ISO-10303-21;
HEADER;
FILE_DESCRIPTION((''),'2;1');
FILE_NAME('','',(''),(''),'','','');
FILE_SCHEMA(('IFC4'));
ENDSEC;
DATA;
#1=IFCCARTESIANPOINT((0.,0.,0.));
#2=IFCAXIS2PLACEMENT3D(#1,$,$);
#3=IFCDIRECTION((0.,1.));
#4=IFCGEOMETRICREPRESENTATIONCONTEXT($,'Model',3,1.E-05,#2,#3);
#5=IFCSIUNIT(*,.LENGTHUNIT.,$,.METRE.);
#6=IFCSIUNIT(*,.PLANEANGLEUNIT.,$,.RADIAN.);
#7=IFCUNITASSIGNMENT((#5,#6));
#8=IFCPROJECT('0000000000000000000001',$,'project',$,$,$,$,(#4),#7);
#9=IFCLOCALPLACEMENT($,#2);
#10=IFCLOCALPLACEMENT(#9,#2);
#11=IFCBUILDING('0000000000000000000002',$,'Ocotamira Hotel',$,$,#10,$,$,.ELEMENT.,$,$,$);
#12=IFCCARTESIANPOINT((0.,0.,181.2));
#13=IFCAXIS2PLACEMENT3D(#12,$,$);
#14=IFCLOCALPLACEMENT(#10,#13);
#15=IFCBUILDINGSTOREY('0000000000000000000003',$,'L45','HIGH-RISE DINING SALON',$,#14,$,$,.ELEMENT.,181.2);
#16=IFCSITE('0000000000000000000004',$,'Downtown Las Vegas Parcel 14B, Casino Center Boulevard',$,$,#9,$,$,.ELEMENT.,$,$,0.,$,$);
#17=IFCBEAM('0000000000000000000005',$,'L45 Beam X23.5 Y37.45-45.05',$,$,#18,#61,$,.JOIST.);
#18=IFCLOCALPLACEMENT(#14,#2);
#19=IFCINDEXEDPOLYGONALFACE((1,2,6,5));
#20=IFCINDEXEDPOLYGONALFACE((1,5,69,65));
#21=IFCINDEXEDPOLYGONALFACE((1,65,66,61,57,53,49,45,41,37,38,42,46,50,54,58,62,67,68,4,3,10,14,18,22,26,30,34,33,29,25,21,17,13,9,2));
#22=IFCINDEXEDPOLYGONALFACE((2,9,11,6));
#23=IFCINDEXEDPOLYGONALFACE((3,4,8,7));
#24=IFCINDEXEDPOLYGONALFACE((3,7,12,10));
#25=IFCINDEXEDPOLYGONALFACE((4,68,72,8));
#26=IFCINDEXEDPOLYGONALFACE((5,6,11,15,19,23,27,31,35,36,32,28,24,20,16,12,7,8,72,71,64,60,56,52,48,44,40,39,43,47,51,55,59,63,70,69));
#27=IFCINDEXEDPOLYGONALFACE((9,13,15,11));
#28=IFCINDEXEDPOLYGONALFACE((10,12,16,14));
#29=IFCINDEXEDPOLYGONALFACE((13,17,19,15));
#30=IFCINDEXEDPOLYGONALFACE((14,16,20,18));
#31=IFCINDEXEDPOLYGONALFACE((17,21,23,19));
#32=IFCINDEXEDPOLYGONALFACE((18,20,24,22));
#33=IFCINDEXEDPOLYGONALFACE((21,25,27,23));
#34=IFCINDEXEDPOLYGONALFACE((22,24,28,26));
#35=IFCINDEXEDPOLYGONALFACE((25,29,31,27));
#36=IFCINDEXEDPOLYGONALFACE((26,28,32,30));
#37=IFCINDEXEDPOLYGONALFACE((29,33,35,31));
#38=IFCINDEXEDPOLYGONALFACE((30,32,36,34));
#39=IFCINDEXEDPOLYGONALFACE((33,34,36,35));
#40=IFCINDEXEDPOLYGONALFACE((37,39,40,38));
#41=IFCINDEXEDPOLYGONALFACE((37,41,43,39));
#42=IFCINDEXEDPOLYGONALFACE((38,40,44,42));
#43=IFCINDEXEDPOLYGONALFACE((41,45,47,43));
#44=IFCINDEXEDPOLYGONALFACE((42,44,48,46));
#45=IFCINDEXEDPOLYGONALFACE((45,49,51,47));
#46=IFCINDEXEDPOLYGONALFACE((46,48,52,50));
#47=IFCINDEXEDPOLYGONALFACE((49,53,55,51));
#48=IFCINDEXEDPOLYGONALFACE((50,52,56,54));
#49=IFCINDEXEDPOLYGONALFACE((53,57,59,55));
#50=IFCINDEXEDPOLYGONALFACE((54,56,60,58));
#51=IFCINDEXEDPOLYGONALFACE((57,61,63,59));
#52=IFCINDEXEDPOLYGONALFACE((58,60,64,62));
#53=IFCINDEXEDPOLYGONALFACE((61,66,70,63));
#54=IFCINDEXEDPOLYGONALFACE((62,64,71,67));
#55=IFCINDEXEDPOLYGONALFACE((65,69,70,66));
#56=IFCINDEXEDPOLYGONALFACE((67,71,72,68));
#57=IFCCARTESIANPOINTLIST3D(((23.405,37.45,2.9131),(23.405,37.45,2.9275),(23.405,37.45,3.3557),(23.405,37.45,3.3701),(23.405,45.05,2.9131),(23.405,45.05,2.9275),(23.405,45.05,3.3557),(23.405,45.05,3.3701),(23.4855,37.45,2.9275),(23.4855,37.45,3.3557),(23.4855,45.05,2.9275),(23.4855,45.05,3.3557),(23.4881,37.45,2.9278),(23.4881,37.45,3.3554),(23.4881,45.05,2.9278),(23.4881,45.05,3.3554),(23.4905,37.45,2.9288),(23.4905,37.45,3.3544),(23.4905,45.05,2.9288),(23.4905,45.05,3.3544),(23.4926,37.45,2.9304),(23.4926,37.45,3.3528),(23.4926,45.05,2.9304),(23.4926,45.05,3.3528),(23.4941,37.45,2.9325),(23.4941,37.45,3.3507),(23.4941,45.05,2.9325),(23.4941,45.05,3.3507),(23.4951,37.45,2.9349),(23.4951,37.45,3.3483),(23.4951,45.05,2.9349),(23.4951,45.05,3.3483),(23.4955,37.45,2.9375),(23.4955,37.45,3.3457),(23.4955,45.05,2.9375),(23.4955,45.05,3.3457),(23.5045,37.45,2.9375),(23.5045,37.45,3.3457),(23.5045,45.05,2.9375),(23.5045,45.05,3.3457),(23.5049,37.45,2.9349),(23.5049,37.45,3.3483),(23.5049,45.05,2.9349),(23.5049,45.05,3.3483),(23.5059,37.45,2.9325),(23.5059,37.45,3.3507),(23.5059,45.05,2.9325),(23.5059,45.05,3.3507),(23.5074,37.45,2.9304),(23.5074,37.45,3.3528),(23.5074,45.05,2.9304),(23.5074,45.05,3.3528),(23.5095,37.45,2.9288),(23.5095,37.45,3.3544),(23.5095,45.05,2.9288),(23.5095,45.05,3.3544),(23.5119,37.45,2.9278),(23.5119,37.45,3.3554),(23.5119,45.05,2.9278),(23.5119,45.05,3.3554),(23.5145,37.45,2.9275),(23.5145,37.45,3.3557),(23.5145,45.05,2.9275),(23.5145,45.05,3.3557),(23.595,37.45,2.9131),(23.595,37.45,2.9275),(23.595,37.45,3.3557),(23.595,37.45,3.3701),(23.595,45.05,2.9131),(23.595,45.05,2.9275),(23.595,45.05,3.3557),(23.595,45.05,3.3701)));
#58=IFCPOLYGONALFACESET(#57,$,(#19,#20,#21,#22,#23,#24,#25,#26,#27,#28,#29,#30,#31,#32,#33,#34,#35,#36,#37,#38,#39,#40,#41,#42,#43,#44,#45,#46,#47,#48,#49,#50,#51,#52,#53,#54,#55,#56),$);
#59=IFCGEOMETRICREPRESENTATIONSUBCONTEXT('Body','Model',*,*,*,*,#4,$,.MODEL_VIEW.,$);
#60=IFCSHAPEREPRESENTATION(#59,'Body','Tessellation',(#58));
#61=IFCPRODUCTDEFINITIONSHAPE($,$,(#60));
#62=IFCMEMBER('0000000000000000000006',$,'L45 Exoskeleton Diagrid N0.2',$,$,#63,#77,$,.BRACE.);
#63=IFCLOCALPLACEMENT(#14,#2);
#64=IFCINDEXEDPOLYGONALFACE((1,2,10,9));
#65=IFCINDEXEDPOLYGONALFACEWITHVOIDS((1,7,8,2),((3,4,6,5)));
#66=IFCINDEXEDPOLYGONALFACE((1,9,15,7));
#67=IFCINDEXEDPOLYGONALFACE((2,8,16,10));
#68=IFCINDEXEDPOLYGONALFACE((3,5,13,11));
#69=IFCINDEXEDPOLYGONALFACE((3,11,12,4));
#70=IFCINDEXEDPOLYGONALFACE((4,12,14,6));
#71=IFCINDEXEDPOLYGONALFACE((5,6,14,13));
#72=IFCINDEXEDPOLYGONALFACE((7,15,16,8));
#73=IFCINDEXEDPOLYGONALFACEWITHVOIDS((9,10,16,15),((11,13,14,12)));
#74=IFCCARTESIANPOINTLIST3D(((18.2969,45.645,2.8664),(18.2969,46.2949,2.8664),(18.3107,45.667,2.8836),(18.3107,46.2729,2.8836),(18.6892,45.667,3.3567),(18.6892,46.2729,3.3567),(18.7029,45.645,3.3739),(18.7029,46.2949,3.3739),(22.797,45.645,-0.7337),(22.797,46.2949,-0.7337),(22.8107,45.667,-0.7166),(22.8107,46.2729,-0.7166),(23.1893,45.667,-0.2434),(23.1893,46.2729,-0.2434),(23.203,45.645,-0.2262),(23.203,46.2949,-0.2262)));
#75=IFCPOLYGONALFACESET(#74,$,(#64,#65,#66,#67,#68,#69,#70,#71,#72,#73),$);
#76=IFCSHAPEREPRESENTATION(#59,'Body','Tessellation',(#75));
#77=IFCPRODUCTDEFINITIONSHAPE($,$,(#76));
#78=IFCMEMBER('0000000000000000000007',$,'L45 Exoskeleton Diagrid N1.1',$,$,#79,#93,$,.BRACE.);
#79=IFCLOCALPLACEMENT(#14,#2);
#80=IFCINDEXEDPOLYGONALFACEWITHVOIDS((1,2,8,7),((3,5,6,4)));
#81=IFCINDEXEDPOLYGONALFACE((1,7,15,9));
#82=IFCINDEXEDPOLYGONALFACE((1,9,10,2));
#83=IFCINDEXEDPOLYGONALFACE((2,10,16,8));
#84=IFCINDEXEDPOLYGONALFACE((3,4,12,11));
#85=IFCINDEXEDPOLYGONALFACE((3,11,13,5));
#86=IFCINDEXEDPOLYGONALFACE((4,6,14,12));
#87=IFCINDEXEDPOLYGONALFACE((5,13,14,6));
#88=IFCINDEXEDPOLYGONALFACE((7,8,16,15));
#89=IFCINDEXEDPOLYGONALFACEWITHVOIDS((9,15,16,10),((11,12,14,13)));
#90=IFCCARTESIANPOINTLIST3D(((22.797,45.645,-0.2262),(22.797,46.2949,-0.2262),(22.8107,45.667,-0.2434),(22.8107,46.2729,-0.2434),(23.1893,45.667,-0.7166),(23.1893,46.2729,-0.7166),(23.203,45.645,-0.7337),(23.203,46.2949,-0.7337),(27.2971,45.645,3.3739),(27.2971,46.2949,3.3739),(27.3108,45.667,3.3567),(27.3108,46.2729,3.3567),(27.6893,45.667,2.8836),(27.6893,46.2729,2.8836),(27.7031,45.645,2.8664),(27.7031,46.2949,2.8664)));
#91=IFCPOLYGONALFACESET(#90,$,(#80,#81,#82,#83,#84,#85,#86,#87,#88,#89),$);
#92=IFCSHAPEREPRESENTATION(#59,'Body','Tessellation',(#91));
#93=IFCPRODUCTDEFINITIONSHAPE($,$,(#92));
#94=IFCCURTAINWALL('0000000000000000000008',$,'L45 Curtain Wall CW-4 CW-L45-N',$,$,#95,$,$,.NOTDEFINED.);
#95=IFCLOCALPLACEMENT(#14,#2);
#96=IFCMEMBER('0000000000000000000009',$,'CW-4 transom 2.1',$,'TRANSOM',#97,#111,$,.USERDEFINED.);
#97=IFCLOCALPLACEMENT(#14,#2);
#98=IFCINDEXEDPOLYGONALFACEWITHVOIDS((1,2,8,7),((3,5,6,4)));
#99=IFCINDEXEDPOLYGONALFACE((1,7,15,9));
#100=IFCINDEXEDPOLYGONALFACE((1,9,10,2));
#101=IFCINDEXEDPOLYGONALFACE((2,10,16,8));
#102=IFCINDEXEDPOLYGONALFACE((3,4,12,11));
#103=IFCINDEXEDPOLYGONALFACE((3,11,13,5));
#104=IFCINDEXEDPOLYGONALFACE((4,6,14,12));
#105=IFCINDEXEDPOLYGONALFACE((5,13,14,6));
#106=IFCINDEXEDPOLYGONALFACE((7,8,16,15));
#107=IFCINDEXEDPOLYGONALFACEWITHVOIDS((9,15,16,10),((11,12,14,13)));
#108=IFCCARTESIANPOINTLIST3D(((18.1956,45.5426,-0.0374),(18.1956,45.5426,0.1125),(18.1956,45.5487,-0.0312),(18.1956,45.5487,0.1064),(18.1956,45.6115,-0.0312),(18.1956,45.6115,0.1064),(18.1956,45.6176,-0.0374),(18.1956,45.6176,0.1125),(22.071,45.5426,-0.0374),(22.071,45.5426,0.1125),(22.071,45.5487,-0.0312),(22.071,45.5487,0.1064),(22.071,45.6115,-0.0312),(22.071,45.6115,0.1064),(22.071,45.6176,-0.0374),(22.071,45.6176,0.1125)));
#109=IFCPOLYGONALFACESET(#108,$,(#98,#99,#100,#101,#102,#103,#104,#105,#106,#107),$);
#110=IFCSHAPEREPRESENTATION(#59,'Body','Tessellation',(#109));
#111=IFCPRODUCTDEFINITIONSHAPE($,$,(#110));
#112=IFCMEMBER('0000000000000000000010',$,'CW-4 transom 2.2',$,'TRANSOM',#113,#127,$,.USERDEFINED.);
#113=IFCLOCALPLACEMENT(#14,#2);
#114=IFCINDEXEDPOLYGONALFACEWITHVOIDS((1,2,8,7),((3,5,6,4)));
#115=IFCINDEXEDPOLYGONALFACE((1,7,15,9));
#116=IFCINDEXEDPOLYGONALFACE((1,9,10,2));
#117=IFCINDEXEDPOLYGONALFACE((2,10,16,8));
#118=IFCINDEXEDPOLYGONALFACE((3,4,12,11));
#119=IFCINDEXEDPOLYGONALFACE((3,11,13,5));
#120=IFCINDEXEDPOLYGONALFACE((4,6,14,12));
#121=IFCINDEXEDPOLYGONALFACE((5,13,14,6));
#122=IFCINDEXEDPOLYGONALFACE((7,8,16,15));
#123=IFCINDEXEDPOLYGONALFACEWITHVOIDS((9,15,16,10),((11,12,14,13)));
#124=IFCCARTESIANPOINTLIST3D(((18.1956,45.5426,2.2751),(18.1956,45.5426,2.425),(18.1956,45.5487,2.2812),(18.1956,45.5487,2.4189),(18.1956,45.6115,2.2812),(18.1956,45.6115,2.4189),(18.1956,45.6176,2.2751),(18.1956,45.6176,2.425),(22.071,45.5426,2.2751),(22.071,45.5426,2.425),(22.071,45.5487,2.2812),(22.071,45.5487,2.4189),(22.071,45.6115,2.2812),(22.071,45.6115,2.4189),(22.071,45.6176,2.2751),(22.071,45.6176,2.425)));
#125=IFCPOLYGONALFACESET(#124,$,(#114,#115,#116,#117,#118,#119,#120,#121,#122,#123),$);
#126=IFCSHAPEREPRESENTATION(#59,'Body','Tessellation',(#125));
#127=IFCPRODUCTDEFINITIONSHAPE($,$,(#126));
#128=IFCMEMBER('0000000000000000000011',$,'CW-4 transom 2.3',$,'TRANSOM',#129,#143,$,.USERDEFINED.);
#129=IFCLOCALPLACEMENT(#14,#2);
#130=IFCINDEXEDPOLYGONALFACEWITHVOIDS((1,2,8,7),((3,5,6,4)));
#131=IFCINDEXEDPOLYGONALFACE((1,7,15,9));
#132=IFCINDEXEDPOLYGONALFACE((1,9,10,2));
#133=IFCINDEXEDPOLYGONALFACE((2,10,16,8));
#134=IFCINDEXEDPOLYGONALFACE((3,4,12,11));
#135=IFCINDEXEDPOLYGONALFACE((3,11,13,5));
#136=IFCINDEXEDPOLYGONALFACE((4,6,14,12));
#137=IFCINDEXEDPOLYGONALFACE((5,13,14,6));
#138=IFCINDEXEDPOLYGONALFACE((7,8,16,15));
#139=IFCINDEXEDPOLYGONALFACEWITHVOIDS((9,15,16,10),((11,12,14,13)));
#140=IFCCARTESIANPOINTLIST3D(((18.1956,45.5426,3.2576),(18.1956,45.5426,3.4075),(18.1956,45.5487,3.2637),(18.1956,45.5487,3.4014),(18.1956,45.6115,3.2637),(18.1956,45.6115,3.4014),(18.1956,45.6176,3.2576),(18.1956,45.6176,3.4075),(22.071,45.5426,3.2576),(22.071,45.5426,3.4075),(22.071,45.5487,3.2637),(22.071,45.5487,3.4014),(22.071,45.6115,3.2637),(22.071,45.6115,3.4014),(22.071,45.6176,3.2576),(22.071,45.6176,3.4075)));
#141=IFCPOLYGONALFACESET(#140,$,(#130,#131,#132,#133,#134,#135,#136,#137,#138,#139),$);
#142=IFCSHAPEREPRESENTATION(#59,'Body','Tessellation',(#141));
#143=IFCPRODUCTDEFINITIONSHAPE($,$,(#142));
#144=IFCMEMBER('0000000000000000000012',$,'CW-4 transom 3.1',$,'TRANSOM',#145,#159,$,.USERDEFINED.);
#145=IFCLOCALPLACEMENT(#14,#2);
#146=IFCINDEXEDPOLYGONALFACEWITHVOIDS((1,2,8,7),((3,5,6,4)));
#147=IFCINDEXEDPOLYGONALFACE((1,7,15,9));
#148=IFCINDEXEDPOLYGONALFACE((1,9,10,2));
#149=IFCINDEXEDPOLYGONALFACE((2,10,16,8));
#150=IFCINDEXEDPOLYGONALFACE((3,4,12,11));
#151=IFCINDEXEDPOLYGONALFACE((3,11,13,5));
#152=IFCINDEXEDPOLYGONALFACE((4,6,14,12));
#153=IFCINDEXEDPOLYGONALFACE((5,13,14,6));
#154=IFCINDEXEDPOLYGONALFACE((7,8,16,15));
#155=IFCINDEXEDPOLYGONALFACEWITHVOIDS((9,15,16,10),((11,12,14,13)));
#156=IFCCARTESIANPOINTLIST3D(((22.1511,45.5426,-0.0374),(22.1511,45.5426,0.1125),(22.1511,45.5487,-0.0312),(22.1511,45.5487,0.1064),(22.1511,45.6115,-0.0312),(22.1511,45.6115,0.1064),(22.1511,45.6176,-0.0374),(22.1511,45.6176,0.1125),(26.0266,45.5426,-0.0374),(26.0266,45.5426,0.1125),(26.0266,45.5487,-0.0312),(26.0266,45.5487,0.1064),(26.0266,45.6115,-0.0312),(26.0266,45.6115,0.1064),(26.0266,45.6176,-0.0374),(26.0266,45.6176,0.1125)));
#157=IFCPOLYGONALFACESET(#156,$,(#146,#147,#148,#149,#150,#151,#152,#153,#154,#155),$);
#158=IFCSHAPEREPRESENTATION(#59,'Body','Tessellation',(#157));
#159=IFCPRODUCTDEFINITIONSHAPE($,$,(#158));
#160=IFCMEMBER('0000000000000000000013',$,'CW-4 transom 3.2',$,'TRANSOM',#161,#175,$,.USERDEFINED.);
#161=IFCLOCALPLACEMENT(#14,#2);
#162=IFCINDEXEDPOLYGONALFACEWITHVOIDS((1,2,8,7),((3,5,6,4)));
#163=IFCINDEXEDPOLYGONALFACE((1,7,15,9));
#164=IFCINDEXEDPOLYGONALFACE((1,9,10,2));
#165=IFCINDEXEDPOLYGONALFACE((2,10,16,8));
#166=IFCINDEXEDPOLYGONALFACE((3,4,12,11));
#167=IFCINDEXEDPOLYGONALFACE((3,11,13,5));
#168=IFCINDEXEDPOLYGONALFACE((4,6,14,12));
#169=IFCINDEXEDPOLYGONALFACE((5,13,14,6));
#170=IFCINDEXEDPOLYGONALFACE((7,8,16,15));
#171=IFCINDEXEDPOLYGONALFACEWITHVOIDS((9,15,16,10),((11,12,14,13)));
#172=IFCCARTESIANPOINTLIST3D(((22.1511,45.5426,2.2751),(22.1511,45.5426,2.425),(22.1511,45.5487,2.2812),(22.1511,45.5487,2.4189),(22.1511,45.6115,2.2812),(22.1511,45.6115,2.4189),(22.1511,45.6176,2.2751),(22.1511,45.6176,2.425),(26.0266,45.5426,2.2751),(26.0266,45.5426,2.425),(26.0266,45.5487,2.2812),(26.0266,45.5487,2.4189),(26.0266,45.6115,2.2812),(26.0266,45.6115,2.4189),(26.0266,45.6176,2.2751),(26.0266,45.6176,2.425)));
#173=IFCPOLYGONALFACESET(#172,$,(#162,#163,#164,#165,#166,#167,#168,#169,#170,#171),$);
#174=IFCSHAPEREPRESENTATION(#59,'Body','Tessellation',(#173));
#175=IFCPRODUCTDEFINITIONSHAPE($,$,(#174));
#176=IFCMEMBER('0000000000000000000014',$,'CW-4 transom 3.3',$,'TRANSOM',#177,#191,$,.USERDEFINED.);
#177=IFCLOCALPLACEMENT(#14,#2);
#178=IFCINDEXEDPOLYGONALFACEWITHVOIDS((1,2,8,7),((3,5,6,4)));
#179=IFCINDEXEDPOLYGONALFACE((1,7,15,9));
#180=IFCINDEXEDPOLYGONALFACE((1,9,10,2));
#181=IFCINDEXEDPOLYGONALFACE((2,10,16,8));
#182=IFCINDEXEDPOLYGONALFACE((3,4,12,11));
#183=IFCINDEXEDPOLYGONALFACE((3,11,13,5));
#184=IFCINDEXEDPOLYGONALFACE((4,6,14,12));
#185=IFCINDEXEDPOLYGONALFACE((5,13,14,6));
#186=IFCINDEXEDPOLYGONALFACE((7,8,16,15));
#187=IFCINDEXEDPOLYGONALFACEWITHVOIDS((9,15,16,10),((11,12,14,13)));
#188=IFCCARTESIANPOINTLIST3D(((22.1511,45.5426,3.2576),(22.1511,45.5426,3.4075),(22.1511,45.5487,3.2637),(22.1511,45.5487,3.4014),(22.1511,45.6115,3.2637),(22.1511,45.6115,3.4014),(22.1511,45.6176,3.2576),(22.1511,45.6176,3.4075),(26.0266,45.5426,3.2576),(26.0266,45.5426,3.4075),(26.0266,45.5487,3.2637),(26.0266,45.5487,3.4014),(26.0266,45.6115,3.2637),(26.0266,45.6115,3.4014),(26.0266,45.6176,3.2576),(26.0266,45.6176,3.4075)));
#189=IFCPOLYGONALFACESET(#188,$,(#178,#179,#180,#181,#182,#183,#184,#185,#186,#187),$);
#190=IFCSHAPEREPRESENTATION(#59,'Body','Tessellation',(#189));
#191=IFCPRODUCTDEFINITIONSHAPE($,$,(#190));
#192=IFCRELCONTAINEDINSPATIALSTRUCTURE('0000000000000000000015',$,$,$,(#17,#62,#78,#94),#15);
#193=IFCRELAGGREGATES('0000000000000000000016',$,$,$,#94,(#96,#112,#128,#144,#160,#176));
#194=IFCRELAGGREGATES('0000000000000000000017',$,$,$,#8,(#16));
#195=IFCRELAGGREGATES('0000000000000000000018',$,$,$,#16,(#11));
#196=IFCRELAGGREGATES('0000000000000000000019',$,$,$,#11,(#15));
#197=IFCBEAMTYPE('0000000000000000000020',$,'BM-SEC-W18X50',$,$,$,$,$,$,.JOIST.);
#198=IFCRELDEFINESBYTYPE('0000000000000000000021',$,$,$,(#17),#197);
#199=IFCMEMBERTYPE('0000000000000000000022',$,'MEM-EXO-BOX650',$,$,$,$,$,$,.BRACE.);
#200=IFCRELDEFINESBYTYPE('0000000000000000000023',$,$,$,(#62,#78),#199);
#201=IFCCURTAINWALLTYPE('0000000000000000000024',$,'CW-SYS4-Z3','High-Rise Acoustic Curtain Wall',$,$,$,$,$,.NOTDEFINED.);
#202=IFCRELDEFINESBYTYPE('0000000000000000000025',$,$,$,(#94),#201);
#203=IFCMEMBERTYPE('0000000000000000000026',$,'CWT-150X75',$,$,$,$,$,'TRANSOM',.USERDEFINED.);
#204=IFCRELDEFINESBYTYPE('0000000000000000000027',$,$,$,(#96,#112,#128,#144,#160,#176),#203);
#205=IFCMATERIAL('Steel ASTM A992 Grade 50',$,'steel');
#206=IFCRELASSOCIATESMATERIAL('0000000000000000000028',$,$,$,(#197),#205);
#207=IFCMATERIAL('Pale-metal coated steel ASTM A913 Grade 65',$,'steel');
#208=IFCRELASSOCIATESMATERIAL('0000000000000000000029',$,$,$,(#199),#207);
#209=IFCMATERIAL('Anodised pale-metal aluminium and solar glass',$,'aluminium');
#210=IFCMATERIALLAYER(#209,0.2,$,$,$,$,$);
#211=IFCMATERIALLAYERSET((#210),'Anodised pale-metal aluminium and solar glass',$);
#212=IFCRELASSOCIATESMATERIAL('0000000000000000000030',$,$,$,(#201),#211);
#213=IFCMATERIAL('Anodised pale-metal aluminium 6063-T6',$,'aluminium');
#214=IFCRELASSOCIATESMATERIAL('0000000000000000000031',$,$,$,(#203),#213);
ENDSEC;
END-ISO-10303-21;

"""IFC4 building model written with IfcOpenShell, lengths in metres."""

from ifc_helpers import new_model, si_unit, direction, frame, origin, origin_2d, place, context, subcontext, project, spatial, hollow_rectangle, i_section, extrude, source, transform, mapped, material, layer, layer_set, material_profile, profile_set, type_object, element, aggregate, save


model = new_model("IFC4")

# Units and contexts
model_context = context("Model", 3, precision=1e-05, world=origin(), true_north=direction((0.0, 1.0)))
body_context = subcontext(model_context, "Body", "Model", "MODEL_VIEW")
ifc_project = project(units=[si_unit("LENGTHUNIT", "METRE"), si_unit("PLANEANGLEUNIT", "RADIAN")], contexts=[model_context])

# Site, building, storey
site_placement = place(None, origin())
site = spatial("IfcSite", under=ifc_project, at=site_placement, Name="Downtown Las Vegas Parcel 14B, Casino Center Boulevard", CompositionType="ELEMENT", RefElevation=0.0)
building_placement = place(site_placement, origin())
building = spatial("IfcBuilding", under=site, at=building_placement, Name="Ocotamira Hotel", CompositionType="ELEMENT")
storey_placement = place(building_placement, frame((0.0, 0.0, 181.2)))
storey = spatial("IfcBuildingStorey", under=building, at=storey_placement, Name="L45", Description="HIGH-RISE DINING SALON", CompositionType="ELEMENT", Elevation=181.2)

# Beam
ifc_material_1 = material(Name="Steel ASTM A992 Grade 50", Category="steel")
ifc_material_profile_1 = material_profile(ifc_material_1, i_section(OverallWidth=0.1899, OverallDepth=0.457, WebThickness=0.009, FlangeThickness=0.0144, FilletRadius=0.01, at=origin_2d()), Name="W18X50")
ifc_profile_set_1 = profile_set([ifc_material_profile_1], Name="Steel ASTM A992 Grade 50")
beam_type_1 = type_object("IfcBeamType", Name="BM-SEC-W18X50", PredefinedType="JOIST", material=ifc_profile_set_1)
shared_shape_1 = source(origin(), body_context, "Body", "SweptSolid", [
    extrude(i_section(OverallWidth=0.1899, OverallDepth=0.457, WebThickness=0.009, FlangeThickness=0.0144, FilletRadius=0.01, at=origin_2d()), origin(), (0.0, 0.0, 1.0), 7.6001),
])
beam_1_placement = place(storey_placement, frame((23.5, 37.45, 3.1416), z_axis=(0.0, 1.0, 0.0), x_axis=(-1.0, 0.0, 0.0)))
element("IfcBeam", 1, at=beam_1_placement, inside=storey, type_object=beam_type_1, Name="L45 Beam X23.5 Y37.45-45.05", PredefinedType="JOIST", context=body_context, shape_type="MappedRepresentation", body=[
    mapped(shared_shape_1, transform((0.0, 0.0, 0.0), scale=1.0)),
])

# Members
ifc_material_2 = material(Name="Pale-metal coated steel ASTM A913 Grade 65", Category="steel")
ifc_material_profile_2 = material_profile(ifc_material_2, hollow_rectangle(XDim=0.6499, YDim=0.6499, WallThickness=0.022, at=origin_2d()), Name="BOX650X650X22")
ifc_profile_set_2 = profile_set([ifc_material_profile_2], Name="Pale-metal coated steel ASTM A913 Grade 65")
member_type_1 = type_object("IfcMemberType", Name="MEM-EXO-BOX650", PredefinedType="BRACE", material=ifc_profile_set_2)
shared_shape_2 = source(origin(), body_context, "Body", "SweptSolid", [
    extrude(hollow_rectangle(XDim=0.6499, YDim=0.6499, WallThickness=0.022, at=origin_2d()), origin(), (0.0, 0.0, 1.0), 5.7629),
])
for number, where, z_axis, x_axis, name in (
    (2, (23.0, 45.97, -0.48), (-0.780861, 0.0, 0.624705), (0.0, -1.0, 0.0), "L45 Exoskeleton Diagrid N0.2"),
    (3, (23.0, 45.97, -0.48), (0.780861, 0.0, 0.624705), (0.0, 1.0, 0.0), "L45 Exoskeleton Diagrid N1.1"),
):
    element("IfcMember", number, at=place(storey_placement, frame(where, z_axis=z_axis, x_axis=x_axis)), inside=storey, type_object=member_type_1, Name=name, PredefinedType="BRACE", context=body_context, shape_type="MappedRepresentation", body=[
        mapped(shared_shape_2, transform((0.0, 0.0, 0.0), scale=1.0)),
    ])

# Curtain wall, members
ifc_material_3 = material(Name="Anodised pale-metal aluminium and solar glass", Category="aluminium")
ifc_layer_1 = layer(ifc_material_3, 0.2)
ifc_layer_set_1 = layer_set([ifc_layer_1], Name="Anodised pale-metal aluminium and solar glass")
curtain_wall_type = type_object("IfcCurtainWallType", Name="CW-SYS4-Z3", Description="High-Rise Acoustic Curtain Wall", PredefinedType="NOTDEFINED", material=ifc_layer_set_1)
curtain_wall_placement = place(storey_placement, origin())
curtain_wall = element("IfcCurtainWall", 4, at=curtain_wall_placement, inside=storey, type_object=curtain_wall_type, Name="L45 Curtain Wall CW-4 CW-L45-N", PredefinedType="NOTDEFINED")
ifc_material_4 = material(Name="Anodised pale-metal aluminium 6063-T6", Category="aluminium")
ifc_material_profile_3 = material_profile(ifc_material_4, hollow_rectangle(XDim=0.075, YDim=0.1499, WallThickness=0.0061, at=origin_2d()), Name="HSS150X75X6")
ifc_profile_set_3 = profile_set([ifc_material_profile_3], Name="Anodised pale-metal aluminium 6063-T6")
member_type_2 = type_object("IfcMemberType", Name="CWT-150X75", ElementType="TRANSOM", PredefinedType="USERDEFINED", material=ifc_profile_set_3)
shared_shape_3 = source(origin(), body_context, "Body", "SweptSolid", [
    extrude(hollow_rectangle(XDim=0.075, YDim=0.1499, WallThickness=0.0061, at=origin_2d()), origin(), (0.0, 0.0, 1.0), 3.8755),
])
member_1_placement = place(storey_placement, frame((18.1956, 45.5801, 0.0376), z_axis=(1.0, 0.0, 0.0), x_axis=(0.0, 1.0, 0.0)))
member_1 = element("IfcMember", 5, at=member_1_placement, type_object=member_type_2, Name="CW-4 transom 2.1", ObjectType="TRANSOM", PredefinedType="USERDEFINED", context=body_context, shape_type="MappedRepresentation", body=[
    mapped(shared_shape_3, transform((0.0, 0.0, 0.0), scale=1.0)),
])
member_2_placement = place(storey_placement, frame((18.1956, 45.5801, 2.3501), z_axis=(1.0, 0.0, 0.0), x_axis=(0.0, 1.0, 0.0)))
member_2 = element("IfcMember", 6, at=member_2_placement, type_object=member_type_2, Name="CW-4 transom 2.2", ObjectType="TRANSOM", PredefinedType="USERDEFINED", context=body_context, shape_type="MappedRepresentation", body=[
    mapped(shared_shape_3, transform((0.0, 0.0, 0.0), scale=1.0)),
])
member_3_placement = place(storey_placement, frame((18.1956, 45.5801, 3.3325), z_axis=(1.0, 0.0, 0.0), x_axis=(0.0, 1.0, 0.0)))
member_3 = element("IfcMember", 7, at=member_3_placement, type_object=member_type_2, Name="CW-4 transom 2.3", ObjectType="TRANSOM", PredefinedType="USERDEFINED", context=body_context, shape_type="MappedRepresentation", body=[
    mapped(shared_shape_3, transform((0.0, 0.0, 0.0), scale=1.0)),
])
member_4_placement = place(storey_placement, frame((22.1511, 45.5801, 0.0376), z_axis=(1.0, 0.0, 0.0), x_axis=(0.0, 1.0, 0.0)))
member_4 = element("IfcMember", 8, at=member_4_placement, type_object=member_type_2, Name="CW-4 transom 3.1", ObjectType="TRANSOM", PredefinedType="USERDEFINED", context=body_context, shape_type="MappedRepresentation", body=[
    mapped(shared_shape_3, transform((0.0, 0.0, 0.0), scale=1.0)),
])
member_5_placement = place(storey_placement, frame((22.1511, 45.5801, 2.3501), z_axis=(1.0, 0.0, 0.0), x_axis=(0.0, 1.0, 0.0)))
member_5 = element("IfcMember", 9, at=member_5_placement, type_object=member_type_2, Name="CW-4 transom 3.2", ObjectType="TRANSOM", PredefinedType="USERDEFINED", context=body_context, shape_type="MappedRepresentation", body=[
    mapped(shared_shape_3, transform((0.0, 0.0, 0.0), scale=1.0)),
])
member_6_placement = place(storey_placement, frame((22.1511, 45.5801, 3.3325), z_axis=(1.0, 0.0, 0.0), x_axis=(0.0, 1.0, 0.0)))
member_6 = element("IfcMember", 10, at=member_6_placement, type_object=member_type_2, Name="CW-4 transom 3.3", ObjectType="TRANSOM", PredefinedType="USERDEFINED", context=body_context, shape_type="MappedRepresentation", body=[
    mapped(shared_shape_3, transform((0.0, 0.0, 0.0), scale=1.0)),
])

aggregate(curtain_wall, [member_1, member_2, member_3, member_4, member_5, member_6])

save(model, "model.ifc")
